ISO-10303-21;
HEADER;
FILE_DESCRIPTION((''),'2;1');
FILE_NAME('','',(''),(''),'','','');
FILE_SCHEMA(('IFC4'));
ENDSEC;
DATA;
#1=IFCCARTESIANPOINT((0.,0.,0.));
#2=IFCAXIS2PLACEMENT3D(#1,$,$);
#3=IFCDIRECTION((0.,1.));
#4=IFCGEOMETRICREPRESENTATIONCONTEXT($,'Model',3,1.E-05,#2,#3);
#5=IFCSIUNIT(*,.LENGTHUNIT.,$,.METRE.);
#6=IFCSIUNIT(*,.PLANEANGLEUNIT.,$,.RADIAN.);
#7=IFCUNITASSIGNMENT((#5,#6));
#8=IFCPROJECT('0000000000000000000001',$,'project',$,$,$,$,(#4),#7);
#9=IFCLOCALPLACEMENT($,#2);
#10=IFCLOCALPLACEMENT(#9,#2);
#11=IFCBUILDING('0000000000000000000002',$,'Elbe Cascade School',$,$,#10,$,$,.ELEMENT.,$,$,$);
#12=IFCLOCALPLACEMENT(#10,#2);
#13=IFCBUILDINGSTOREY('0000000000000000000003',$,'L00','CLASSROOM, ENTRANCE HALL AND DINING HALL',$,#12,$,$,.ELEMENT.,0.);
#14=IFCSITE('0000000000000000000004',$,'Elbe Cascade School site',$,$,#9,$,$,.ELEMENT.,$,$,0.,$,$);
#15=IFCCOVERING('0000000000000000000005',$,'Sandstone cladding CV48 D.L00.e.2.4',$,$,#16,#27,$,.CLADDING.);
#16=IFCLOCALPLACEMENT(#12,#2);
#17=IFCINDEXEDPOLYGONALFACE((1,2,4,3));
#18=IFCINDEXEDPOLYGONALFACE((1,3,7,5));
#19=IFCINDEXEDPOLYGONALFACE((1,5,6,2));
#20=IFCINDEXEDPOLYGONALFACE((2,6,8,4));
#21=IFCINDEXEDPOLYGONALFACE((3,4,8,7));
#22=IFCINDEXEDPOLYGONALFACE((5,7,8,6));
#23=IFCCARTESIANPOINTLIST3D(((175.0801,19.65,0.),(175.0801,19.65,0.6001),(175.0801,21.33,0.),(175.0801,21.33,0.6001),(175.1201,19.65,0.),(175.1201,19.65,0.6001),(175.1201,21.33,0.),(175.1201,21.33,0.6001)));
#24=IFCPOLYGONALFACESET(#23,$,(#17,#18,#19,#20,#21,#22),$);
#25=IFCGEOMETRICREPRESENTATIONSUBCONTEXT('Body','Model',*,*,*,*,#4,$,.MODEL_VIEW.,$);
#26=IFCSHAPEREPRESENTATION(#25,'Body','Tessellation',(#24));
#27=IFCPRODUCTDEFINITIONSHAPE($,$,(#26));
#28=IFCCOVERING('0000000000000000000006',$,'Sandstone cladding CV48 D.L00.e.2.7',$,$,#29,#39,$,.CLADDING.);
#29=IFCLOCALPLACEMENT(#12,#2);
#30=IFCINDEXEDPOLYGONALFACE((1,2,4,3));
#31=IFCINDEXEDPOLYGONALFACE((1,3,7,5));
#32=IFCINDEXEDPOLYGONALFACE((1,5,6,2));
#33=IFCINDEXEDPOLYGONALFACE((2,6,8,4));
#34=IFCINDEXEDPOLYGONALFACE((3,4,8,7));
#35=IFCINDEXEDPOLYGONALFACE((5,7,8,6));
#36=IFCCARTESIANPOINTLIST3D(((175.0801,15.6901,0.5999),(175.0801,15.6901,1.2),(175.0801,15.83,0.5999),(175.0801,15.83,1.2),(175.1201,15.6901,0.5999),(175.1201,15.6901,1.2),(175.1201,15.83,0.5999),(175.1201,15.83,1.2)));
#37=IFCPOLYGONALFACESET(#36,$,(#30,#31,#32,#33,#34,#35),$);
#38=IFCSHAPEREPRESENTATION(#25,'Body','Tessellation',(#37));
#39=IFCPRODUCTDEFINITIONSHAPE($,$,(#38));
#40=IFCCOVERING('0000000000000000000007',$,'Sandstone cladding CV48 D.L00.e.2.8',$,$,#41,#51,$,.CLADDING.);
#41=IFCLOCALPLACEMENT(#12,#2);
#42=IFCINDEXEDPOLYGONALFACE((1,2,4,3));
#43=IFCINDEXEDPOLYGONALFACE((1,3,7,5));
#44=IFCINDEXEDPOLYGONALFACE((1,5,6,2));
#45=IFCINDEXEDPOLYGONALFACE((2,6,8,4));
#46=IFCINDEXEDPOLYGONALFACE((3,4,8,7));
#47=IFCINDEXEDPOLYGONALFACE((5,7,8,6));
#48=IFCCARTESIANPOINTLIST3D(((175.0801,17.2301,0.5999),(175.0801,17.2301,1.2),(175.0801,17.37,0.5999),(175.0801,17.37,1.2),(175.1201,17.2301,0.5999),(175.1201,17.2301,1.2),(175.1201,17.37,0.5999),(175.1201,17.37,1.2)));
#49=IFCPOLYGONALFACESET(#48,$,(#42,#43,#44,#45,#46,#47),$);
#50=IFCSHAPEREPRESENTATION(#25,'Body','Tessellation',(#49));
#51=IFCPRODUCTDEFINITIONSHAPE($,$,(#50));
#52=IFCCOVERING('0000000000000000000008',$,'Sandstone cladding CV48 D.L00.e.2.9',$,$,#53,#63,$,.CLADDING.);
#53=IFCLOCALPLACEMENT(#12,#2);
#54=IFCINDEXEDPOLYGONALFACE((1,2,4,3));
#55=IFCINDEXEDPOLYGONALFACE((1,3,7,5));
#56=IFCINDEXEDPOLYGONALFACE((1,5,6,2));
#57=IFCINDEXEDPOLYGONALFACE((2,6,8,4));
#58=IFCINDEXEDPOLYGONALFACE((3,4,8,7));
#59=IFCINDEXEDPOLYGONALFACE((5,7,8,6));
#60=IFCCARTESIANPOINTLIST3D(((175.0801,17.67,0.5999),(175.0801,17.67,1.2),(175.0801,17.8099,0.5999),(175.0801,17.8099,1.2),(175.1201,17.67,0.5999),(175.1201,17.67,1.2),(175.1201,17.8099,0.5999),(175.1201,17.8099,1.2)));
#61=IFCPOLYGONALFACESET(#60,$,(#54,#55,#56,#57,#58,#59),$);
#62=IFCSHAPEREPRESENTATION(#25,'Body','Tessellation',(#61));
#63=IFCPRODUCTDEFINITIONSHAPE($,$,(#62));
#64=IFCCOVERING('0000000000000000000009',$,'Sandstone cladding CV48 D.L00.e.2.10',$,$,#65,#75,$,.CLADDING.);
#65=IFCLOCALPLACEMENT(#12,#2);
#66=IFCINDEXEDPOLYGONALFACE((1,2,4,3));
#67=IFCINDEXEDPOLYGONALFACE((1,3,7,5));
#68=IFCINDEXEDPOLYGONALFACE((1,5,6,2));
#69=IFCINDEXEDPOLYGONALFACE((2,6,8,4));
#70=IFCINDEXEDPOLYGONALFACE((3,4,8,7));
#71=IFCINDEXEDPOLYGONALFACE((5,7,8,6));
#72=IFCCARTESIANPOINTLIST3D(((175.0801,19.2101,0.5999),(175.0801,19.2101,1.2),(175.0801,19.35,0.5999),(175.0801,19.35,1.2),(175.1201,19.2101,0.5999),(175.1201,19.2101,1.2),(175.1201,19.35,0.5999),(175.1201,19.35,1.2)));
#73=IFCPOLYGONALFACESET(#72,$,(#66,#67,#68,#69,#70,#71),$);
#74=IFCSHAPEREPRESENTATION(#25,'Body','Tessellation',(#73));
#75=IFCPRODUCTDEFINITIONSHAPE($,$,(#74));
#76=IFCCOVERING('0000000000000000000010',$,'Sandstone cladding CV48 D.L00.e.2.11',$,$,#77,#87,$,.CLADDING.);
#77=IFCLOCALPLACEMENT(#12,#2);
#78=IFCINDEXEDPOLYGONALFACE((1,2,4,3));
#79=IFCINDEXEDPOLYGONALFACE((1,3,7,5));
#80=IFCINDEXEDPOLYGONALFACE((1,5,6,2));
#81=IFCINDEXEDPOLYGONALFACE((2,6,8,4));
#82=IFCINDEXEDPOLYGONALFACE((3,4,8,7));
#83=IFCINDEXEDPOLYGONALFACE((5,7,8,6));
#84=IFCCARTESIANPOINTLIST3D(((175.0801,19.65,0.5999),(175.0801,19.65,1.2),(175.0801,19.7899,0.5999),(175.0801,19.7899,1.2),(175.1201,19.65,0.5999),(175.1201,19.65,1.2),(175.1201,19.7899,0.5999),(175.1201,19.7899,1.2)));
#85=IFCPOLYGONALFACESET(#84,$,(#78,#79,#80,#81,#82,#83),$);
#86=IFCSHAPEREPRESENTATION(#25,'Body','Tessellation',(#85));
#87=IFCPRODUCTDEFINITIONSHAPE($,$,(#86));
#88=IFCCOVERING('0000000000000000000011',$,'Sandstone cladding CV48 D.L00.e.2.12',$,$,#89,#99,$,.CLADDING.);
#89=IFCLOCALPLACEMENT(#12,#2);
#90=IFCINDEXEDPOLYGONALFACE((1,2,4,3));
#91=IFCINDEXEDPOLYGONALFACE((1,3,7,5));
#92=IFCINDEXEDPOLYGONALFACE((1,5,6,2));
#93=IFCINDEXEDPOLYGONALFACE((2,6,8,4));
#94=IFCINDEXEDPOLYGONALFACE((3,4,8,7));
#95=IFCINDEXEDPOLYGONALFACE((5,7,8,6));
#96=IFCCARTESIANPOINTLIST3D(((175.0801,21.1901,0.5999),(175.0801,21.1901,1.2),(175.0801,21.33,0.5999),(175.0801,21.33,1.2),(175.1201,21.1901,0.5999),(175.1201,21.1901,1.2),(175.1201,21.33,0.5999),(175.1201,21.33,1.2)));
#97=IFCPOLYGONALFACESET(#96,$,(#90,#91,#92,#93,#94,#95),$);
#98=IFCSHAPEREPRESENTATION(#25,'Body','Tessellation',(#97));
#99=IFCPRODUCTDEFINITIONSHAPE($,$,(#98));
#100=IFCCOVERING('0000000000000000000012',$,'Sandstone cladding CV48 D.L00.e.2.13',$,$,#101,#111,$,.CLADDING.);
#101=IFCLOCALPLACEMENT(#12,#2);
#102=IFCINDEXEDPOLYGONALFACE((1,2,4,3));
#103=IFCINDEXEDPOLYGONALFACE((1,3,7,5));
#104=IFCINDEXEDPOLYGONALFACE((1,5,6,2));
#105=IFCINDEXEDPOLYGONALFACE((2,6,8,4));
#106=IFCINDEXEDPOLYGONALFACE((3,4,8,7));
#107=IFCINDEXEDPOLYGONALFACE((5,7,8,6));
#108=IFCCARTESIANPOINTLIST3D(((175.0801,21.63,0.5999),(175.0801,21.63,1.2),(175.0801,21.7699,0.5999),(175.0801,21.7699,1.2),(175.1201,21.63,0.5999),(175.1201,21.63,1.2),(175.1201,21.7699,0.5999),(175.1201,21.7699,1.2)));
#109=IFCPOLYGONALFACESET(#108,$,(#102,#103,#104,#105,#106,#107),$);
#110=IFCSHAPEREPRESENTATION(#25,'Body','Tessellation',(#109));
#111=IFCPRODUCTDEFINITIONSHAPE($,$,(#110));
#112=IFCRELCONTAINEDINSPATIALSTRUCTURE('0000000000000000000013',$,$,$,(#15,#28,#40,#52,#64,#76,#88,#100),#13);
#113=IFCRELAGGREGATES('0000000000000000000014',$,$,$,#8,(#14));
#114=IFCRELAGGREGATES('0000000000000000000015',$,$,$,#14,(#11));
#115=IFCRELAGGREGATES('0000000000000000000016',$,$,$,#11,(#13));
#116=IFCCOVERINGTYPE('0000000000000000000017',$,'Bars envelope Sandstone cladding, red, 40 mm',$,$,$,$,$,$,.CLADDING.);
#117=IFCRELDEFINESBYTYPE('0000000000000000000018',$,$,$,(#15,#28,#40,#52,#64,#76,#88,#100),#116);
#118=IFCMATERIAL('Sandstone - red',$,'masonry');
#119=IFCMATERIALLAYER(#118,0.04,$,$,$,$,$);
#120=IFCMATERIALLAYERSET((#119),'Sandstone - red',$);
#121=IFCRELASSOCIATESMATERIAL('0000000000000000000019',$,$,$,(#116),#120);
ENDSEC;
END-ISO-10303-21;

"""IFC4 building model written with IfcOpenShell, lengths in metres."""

from ifc_helpers import new_model, si_unit, direction, frame, origin, origin_2d, place, context, subcontext, project, spatial, rectangle, extrude, material, layer, layer_set, type_object, element, save


model = new_model("IFC4")

# Units and contexts
model_context = context("Model", 3, precision=1e-05, world=origin(), true_north=direction((0.0, 1.0)))
body_context = subcontext(model_context, "Body", "Model", "MODEL_VIEW")
ifc_project = project(units=[si_unit("LENGTHUNIT", "METRE"), si_unit("PLANEANGLEUNIT", "RADIAN")], contexts=[model_context])

# Site, building, storey
site_placement = place(None, origin())
site = spatial("IfcSite", under=ifc_project, at=site_placement, Name="Elbe Cascade School site", CompositionType="ELEMENT", RefElevation=0.0)
building_placement = place(site_placement, origin())
building = spatial("IfcBuilding", under=site, at=building_placement, Name="Elbe Cascade School", CompositionType="ELEMENT")
storey_placement = place(building_placement, origin())
storey = spatial("IfcBuildingStorey", under=building, at=storey_placement, Name="L00", Description="CLASSROOM, ENTRANCE HALL AND DINING HALL", CompositionType="ELEMENT", Elevation=0.0)

# Coverings
ifc_material_1 = material(Name="Sandstone - red", Category="masonry")
ifc_layer_1 = layer(ifc_material_1, 0.04)
ifc_layer_set_1 = layer_set([ifc_layer_1], Name="Sandstone - red")
covering_type = type_object("IfcCoveringType", Name="Bars envelope Sandstone cladding, red, 40 mm", PredefinedType="CLADDING", material=ifc_layer_set_1)
for number, where, z_axis, x_axis, name in (
    (1, (175.1001, 20.49, 0.0), (0.0, 0.0, 1.0), (0.0, 1.0, 0.0), "Sandstone cladding CV48 D.L00.e.2.4"),
):
    element("IfcCovering", number, at=place(storey_placement, frame(where, z_axis=z_axis, x_axis=x_axis)), inside=storey, type_object=covering_type, Name=name, PredefinedType="CLADDING", context=body_context, shape_type="SweptSolid", body=[
        extrude(rectangle(XDim=1.6799, YDim=0.04, at=origin_2d()), origin(), (0.0, 0.0, 1.0), 0.6001),
    ])
for number, where, z_axis, x_axis, name in (
    (2, (175.1001, 15.76, 0.5999), (0.0, 0.0, 1.0), (0.0, 1.0, 0.0), "Sandstone cladding CV48 D.L00.e.2.7"),
    (3, (175.1001, 17.3, 0.5999), (0.0, 0.0, 1.0), (0.0, 1.0, 0.0), "Sandstone cladding CV48 D.L00.e.2.8"),
    (4, (175.1001, 17.74, 0.5999), (0.0, 0.0, 1.0), (0.0, 1.0, 0.0), "Sandstone cladding CV48 D.L00.e.2.9"),
    (5, (175.1001, 19.28, 0.5999), (0.0, 0.0, 1.0), (0.0, 1.0, 0.0), "Sandstone cladding CV48 D.L00.e.2.10"),
    (6, (175.1001, 19.72, 0.5999), (0.0, 0.0, 1.0), (0.0, 1.0, 0.0), "Sandstone cladding CV48 D.L00.e.2.11"),
    (7, (175.1001, 21.26, 0.5999), (0.0, 0.0, 1.0), (0.0, 1.0, 0.0), "Sandstone cladding CV48 D.L00.e.2.12"),
    (8, (175.1001, 21.7, 0.5999), (0.0, 0.0, 1.0), (0.0, 1.0, 0.0), "Sandstone cladding CV48 D.L00.e.2.13"),
):
    element("IfcCovering", number, at=place(storey_placement, frame(where, z_axis=z_axis, x_axis=x_axis)), inside=storey, type_object=covering_type, Name=name, PredefinedType="CLADDING", context=body_context, shape_type="SweptSolid", body=[
        extrude(rectangle(XDim=0.1399, YDim=0.04, at=origin_2d()), origin(), (0.0, 0.0, 1.0), 0.6001),
    ])

save(model, "model.ifc")
